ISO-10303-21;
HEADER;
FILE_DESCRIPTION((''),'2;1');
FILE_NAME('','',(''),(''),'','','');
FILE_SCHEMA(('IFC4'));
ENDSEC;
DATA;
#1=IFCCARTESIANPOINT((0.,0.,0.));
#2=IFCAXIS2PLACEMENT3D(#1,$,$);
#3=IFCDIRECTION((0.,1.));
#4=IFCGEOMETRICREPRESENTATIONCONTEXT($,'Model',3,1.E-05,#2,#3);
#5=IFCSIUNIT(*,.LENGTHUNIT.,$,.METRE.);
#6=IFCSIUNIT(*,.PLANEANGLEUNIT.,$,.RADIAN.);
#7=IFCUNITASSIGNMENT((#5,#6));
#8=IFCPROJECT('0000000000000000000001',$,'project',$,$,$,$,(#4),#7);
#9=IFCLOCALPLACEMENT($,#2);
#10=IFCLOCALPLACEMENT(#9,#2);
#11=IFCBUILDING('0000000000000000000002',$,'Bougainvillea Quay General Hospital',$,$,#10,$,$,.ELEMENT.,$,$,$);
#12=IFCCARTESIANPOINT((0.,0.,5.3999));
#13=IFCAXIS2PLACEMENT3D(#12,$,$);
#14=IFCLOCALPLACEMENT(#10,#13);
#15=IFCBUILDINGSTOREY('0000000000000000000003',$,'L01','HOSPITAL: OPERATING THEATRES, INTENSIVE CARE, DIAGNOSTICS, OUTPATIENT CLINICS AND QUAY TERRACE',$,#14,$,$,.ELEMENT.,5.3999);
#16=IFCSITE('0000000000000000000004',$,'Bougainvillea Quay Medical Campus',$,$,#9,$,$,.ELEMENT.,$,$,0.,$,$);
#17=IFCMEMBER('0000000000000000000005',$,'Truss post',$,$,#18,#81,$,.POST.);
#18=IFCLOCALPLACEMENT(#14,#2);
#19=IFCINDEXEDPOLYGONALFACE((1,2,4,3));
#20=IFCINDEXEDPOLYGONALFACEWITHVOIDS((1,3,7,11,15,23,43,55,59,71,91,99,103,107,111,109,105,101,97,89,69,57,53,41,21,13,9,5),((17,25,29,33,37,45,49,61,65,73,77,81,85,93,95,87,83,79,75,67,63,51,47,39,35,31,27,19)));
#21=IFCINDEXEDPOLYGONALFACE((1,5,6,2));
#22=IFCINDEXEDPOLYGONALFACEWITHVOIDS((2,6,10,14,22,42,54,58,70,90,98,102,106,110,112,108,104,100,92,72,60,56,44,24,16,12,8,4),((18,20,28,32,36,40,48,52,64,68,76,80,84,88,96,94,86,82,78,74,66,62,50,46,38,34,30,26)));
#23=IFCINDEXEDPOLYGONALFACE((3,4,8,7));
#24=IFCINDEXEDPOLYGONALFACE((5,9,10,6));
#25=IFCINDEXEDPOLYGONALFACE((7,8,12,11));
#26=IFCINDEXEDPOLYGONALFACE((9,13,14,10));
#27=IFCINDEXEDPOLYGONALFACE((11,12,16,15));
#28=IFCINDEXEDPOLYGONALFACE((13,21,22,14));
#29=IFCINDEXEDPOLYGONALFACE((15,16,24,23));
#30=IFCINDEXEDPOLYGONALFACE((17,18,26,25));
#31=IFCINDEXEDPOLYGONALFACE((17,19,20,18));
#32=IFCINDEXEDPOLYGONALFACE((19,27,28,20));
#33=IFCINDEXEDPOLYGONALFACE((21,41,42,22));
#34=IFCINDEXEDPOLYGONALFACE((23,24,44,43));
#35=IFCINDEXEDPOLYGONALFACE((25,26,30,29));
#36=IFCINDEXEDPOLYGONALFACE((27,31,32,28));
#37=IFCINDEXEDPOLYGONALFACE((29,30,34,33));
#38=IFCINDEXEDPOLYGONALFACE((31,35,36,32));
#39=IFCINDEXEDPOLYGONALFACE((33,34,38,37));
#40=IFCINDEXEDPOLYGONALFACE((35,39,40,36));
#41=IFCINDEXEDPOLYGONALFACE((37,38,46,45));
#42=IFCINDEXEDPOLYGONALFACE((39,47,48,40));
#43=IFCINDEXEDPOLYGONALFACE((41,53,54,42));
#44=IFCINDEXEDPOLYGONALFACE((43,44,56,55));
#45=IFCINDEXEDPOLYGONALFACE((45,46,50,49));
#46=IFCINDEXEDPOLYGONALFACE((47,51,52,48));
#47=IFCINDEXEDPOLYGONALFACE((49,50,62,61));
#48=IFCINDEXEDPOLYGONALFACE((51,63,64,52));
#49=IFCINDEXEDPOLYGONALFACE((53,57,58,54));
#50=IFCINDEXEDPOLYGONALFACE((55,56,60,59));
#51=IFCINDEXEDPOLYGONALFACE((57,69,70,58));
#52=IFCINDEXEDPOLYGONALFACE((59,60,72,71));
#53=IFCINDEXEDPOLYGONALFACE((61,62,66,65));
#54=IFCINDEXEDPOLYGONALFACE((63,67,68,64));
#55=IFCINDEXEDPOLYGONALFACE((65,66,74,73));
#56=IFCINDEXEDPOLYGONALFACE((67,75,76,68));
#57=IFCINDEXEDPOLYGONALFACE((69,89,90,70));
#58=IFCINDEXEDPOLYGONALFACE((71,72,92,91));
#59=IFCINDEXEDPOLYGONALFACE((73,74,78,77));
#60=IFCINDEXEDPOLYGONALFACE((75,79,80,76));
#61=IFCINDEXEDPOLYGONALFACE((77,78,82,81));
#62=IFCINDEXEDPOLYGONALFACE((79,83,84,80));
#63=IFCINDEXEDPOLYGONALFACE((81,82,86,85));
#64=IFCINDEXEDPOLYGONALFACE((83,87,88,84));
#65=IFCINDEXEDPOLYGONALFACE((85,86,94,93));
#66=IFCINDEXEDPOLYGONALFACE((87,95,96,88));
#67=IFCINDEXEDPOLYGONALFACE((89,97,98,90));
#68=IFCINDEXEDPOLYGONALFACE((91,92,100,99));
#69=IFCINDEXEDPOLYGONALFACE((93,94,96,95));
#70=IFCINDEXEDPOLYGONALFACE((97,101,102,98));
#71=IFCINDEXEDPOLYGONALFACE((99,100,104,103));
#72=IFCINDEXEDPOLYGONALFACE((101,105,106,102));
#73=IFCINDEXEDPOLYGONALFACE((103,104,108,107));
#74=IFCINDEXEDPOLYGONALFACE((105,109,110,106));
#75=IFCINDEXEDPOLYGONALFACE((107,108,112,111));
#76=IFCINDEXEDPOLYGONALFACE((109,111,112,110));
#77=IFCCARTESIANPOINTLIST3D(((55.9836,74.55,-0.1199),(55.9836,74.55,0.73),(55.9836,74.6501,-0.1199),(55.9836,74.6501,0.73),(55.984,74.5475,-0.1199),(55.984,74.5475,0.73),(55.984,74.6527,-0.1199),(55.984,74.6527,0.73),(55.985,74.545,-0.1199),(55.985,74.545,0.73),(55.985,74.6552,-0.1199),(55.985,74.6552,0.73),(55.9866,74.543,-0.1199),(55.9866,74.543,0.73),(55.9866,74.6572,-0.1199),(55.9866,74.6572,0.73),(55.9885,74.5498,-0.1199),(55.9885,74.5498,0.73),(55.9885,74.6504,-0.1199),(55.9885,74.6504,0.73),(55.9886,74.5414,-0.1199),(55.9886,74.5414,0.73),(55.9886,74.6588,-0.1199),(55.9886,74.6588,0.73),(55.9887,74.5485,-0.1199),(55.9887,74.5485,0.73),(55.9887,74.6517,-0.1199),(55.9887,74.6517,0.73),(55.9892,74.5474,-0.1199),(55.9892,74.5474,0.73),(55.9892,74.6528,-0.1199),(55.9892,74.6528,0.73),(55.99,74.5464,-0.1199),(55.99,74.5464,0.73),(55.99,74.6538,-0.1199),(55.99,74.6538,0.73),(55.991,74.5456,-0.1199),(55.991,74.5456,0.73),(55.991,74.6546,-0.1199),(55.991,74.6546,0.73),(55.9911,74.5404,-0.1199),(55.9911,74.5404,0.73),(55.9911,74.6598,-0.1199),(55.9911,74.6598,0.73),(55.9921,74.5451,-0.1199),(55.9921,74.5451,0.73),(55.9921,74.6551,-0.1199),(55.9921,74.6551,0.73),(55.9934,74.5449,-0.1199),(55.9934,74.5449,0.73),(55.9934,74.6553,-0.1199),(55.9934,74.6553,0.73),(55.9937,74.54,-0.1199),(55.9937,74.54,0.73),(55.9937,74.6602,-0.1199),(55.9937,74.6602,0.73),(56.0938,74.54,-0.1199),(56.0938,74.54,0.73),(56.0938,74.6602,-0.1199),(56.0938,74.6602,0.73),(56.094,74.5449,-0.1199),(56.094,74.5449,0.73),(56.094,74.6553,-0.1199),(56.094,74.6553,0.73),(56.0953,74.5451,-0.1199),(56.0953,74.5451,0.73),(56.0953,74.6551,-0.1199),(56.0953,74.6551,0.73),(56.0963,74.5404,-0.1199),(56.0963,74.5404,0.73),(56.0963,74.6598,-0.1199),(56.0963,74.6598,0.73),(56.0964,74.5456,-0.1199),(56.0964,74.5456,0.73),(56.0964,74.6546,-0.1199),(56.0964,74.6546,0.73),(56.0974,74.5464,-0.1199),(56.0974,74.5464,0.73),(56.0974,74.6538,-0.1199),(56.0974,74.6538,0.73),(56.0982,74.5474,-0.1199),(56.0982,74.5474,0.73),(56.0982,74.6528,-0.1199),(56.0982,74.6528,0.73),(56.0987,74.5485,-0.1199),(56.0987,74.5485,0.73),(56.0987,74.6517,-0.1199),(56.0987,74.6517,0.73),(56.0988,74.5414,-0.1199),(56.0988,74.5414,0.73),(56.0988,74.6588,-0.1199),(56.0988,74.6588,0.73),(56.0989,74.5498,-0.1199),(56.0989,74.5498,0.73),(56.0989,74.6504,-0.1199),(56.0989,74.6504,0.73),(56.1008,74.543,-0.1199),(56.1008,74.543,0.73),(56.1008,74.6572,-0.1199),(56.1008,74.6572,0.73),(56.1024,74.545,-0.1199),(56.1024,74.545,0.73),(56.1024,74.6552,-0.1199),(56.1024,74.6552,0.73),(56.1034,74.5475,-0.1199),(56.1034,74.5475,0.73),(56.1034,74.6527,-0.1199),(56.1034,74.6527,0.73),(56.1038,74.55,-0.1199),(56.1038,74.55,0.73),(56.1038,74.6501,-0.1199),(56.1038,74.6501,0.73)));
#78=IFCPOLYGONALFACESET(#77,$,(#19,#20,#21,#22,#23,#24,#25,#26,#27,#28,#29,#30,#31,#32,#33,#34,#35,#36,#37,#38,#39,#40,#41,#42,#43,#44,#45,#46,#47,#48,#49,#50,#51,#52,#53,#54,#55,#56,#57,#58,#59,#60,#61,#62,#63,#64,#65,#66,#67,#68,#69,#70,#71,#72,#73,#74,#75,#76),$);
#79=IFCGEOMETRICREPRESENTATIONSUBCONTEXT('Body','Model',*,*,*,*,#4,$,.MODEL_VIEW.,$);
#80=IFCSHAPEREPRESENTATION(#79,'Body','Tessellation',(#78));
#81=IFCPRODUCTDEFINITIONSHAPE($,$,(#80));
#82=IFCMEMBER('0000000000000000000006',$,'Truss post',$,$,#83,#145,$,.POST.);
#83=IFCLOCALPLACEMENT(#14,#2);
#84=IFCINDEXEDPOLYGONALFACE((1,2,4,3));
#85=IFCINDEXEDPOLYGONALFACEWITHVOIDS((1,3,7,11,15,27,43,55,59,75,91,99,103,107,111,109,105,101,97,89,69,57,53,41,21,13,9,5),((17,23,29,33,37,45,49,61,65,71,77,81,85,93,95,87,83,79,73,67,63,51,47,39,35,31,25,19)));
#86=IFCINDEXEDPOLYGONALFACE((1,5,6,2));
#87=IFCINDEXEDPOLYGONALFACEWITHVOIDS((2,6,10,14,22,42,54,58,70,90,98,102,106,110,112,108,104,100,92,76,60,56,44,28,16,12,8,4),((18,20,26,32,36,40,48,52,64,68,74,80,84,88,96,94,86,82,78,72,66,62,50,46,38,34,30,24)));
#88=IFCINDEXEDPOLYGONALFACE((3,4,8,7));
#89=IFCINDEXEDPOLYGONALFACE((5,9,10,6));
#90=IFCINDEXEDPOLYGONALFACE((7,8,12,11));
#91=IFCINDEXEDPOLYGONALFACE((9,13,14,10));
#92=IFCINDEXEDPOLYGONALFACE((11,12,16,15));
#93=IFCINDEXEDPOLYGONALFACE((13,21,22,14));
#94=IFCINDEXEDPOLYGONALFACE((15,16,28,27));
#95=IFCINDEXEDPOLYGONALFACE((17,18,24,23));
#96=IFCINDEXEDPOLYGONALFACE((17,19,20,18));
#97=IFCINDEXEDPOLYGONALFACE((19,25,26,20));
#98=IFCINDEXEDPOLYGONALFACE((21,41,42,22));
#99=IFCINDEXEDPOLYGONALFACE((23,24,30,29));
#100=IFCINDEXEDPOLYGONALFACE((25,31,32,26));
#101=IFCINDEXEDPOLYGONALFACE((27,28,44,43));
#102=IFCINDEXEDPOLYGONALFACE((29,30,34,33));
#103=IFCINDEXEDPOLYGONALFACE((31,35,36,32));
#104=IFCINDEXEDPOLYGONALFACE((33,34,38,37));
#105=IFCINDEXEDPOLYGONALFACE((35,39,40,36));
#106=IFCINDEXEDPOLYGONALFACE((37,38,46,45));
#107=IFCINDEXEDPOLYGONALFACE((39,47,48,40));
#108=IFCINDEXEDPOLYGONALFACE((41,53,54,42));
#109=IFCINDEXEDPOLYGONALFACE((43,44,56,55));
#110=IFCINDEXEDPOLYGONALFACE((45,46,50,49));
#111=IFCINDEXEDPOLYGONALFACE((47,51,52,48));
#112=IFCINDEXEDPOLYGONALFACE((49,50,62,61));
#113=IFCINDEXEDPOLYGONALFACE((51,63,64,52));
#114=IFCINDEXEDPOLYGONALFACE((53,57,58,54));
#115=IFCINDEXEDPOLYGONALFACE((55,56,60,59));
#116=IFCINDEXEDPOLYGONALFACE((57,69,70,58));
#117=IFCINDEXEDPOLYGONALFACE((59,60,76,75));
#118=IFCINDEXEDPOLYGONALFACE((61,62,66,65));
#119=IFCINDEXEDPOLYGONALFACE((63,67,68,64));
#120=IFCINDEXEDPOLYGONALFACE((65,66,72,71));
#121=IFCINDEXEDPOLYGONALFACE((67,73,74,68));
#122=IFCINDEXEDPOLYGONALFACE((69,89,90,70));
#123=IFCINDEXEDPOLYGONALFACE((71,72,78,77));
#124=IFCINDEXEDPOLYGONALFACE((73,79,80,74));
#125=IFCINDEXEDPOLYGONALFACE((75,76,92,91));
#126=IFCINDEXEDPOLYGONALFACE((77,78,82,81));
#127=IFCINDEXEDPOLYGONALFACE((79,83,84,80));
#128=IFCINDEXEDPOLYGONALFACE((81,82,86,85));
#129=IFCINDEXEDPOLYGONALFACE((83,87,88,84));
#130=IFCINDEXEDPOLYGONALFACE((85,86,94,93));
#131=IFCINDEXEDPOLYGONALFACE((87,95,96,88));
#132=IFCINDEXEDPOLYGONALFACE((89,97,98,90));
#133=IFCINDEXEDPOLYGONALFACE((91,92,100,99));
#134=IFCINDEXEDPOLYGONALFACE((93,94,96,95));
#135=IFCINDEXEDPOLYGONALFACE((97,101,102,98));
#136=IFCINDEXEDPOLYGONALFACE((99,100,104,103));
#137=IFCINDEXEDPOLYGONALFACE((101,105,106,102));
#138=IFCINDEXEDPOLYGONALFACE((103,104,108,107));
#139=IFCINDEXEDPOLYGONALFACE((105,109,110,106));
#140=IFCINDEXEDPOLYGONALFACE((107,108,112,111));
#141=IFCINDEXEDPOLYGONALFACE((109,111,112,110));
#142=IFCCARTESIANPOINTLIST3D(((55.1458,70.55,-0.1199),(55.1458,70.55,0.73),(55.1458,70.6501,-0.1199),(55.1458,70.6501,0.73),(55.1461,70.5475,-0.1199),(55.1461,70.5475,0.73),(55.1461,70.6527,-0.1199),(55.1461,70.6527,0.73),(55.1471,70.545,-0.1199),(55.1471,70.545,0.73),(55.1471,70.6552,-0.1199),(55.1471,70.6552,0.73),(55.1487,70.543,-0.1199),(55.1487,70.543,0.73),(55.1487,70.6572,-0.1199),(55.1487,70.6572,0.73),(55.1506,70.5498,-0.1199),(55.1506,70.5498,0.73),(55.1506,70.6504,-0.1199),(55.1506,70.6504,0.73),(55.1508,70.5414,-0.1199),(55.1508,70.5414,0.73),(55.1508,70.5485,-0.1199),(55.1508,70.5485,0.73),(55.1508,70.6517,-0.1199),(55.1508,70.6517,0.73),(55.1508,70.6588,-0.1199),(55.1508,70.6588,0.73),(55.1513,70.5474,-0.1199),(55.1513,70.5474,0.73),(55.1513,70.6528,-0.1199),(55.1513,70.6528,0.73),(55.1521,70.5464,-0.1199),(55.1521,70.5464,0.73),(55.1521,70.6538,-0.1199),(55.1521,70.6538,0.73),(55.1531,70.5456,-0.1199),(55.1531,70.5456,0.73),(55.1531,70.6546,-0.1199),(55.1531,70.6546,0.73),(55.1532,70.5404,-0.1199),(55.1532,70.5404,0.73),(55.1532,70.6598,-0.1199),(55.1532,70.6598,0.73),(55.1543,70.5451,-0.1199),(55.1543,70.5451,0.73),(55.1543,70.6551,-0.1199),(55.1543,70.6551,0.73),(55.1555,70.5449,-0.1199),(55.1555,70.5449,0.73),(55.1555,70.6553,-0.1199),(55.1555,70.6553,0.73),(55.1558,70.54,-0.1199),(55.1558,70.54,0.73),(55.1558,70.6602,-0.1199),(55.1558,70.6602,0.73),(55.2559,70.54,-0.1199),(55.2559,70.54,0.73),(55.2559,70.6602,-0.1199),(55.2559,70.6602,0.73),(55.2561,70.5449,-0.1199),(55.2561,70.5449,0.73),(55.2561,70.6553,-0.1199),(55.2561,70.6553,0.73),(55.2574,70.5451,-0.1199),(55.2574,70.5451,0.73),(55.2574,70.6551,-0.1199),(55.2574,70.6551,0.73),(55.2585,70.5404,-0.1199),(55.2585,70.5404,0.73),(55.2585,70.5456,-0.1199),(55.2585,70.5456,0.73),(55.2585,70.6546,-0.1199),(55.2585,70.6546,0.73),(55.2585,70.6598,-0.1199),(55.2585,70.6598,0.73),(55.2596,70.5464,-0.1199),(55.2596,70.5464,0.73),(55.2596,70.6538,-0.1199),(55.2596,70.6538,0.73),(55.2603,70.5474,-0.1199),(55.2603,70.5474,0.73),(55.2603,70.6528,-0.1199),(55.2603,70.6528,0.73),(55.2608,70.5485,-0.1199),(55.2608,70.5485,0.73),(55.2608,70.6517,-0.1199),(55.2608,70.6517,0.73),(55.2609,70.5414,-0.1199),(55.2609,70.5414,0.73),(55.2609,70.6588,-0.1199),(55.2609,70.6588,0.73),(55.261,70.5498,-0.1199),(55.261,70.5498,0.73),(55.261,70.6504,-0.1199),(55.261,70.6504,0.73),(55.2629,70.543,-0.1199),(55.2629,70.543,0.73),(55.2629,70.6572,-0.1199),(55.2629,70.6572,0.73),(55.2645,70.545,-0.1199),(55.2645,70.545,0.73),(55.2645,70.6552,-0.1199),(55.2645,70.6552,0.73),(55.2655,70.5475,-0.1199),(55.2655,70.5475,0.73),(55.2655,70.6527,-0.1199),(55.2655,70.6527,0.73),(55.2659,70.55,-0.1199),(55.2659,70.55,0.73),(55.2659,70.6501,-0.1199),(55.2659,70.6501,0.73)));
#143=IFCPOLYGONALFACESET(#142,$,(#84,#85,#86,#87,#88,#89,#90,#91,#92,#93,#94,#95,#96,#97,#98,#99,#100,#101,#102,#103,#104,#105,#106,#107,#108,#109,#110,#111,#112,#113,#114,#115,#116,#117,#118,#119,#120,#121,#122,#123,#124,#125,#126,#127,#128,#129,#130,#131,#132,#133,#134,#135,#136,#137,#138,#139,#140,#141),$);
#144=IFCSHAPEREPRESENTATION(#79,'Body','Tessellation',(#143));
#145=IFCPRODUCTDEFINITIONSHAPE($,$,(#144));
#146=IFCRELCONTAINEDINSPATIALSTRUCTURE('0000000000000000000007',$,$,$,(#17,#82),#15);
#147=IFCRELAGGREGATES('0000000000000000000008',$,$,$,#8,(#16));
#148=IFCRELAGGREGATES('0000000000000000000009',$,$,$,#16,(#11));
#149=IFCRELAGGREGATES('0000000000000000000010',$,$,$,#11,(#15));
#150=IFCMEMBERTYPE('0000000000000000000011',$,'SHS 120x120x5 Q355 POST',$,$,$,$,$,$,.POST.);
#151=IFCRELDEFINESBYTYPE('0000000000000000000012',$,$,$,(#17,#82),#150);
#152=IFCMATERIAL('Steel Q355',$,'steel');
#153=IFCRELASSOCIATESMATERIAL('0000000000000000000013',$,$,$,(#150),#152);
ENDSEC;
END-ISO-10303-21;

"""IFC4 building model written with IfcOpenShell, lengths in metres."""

from ifc_helpers import new_model, si_unit, direction, frame, origin, origin_2d, place, context, subcontext, project, spatial, hollow_rectangle, extrude, material, material_profile, profile_set, type_object, element, save


model = new_model("IFC4")

# Units and contexts
model_context = context("Model", 3, precision=1e-05, world=origin(), true_north=direction((0.0, 1.0)))
body_context = subcontext(model_context, "Body", "Model", "MODEL_VIEW")
ifc_project = project(units=[si_unit("LENGTHUNIT", "METRE"), si_unit("PLANEANGLEUNIT", "RADIAN")], contexts=[model_context])

# Site, building, storey
site_placement = place(None, origin())
site = spatial("IfcSite", under=ifc_project, at=site_placement, Name="Bougainvillea Quay Medical Campus", CompositionType="ELEMENT", RefElevation=0.0)
building_placement = place(site_placement, origin())
building = spatial("IfcBuilding", under=site, at=building_placement, Name="Bougainvillea Quay General Hospital", CompositionType="ELEMENT")
storey_placement = place(building_placement, frame((0.0, 0.0, 5.3999)))
storey = spatial("IfcBuildingStorey", under=building, at=storey_placement, Name="L01", Description="HOSPITAL: OPERATING THEATRES, INTENSIVE CARE, DIAGNOSTICS, OUTPATIENT CLINICS AND QUAY TERRACE", CompositionType="ELEMENT", Elevation=5.3999)

# Members
ifc_material_1 = material(Name="Steel Q355", Category="steel")
ifc_material_profile_1 = material_profile(ifc_material_1, hollow_rectangle(XDim=0.1201, YDim=0.1201, WallThickness=0.0049, InnerFilletRadius=0.0049, OuterFilletRadius=0.01, at=origin_2d()))
ifc_profile_set_1 = profile_set([ifc_material_profile_1], Name="Steel Q355")
member_type_1 = type_object("IfcMemberType", Name="SHS 120x120x5 Q355 POST", PredefinedType="POST", material=ifc_profile_set_1)
for number, where, z_axis, x_axis, name in (
    (1, (56.0437, 74.6001, -0.1199), (0.0, 0.0, 1.0), (1.0, 0.0, 0.0), "Truss post"),
    (2, (55.2058, 70.6001, -0.1199), (0.0, 0.0, 1.0), (1.0, 0.0, 0.0), "Truss post"),
):
    element("IfcMember", number, at=place(storey_placement, frame(where, z_axis=z_axis, x_axis=x_axis)), inside=storey, type_object=member_type_1, Name=name, PredefinedType="POST", context=body_context, shape_type="SweptSolid", body=[
        extrude(hollow_rectangle(XDim=0.1201, YDim=0.1201, WallThickness=0.0049, InnerFilletRadius=0.0049, OuterFilletRadius=0.01, at=origin_2d()), origin(), (0.0, 0.0, 1.0), 0.8499),
    ])

save(model, "model.ifc")
